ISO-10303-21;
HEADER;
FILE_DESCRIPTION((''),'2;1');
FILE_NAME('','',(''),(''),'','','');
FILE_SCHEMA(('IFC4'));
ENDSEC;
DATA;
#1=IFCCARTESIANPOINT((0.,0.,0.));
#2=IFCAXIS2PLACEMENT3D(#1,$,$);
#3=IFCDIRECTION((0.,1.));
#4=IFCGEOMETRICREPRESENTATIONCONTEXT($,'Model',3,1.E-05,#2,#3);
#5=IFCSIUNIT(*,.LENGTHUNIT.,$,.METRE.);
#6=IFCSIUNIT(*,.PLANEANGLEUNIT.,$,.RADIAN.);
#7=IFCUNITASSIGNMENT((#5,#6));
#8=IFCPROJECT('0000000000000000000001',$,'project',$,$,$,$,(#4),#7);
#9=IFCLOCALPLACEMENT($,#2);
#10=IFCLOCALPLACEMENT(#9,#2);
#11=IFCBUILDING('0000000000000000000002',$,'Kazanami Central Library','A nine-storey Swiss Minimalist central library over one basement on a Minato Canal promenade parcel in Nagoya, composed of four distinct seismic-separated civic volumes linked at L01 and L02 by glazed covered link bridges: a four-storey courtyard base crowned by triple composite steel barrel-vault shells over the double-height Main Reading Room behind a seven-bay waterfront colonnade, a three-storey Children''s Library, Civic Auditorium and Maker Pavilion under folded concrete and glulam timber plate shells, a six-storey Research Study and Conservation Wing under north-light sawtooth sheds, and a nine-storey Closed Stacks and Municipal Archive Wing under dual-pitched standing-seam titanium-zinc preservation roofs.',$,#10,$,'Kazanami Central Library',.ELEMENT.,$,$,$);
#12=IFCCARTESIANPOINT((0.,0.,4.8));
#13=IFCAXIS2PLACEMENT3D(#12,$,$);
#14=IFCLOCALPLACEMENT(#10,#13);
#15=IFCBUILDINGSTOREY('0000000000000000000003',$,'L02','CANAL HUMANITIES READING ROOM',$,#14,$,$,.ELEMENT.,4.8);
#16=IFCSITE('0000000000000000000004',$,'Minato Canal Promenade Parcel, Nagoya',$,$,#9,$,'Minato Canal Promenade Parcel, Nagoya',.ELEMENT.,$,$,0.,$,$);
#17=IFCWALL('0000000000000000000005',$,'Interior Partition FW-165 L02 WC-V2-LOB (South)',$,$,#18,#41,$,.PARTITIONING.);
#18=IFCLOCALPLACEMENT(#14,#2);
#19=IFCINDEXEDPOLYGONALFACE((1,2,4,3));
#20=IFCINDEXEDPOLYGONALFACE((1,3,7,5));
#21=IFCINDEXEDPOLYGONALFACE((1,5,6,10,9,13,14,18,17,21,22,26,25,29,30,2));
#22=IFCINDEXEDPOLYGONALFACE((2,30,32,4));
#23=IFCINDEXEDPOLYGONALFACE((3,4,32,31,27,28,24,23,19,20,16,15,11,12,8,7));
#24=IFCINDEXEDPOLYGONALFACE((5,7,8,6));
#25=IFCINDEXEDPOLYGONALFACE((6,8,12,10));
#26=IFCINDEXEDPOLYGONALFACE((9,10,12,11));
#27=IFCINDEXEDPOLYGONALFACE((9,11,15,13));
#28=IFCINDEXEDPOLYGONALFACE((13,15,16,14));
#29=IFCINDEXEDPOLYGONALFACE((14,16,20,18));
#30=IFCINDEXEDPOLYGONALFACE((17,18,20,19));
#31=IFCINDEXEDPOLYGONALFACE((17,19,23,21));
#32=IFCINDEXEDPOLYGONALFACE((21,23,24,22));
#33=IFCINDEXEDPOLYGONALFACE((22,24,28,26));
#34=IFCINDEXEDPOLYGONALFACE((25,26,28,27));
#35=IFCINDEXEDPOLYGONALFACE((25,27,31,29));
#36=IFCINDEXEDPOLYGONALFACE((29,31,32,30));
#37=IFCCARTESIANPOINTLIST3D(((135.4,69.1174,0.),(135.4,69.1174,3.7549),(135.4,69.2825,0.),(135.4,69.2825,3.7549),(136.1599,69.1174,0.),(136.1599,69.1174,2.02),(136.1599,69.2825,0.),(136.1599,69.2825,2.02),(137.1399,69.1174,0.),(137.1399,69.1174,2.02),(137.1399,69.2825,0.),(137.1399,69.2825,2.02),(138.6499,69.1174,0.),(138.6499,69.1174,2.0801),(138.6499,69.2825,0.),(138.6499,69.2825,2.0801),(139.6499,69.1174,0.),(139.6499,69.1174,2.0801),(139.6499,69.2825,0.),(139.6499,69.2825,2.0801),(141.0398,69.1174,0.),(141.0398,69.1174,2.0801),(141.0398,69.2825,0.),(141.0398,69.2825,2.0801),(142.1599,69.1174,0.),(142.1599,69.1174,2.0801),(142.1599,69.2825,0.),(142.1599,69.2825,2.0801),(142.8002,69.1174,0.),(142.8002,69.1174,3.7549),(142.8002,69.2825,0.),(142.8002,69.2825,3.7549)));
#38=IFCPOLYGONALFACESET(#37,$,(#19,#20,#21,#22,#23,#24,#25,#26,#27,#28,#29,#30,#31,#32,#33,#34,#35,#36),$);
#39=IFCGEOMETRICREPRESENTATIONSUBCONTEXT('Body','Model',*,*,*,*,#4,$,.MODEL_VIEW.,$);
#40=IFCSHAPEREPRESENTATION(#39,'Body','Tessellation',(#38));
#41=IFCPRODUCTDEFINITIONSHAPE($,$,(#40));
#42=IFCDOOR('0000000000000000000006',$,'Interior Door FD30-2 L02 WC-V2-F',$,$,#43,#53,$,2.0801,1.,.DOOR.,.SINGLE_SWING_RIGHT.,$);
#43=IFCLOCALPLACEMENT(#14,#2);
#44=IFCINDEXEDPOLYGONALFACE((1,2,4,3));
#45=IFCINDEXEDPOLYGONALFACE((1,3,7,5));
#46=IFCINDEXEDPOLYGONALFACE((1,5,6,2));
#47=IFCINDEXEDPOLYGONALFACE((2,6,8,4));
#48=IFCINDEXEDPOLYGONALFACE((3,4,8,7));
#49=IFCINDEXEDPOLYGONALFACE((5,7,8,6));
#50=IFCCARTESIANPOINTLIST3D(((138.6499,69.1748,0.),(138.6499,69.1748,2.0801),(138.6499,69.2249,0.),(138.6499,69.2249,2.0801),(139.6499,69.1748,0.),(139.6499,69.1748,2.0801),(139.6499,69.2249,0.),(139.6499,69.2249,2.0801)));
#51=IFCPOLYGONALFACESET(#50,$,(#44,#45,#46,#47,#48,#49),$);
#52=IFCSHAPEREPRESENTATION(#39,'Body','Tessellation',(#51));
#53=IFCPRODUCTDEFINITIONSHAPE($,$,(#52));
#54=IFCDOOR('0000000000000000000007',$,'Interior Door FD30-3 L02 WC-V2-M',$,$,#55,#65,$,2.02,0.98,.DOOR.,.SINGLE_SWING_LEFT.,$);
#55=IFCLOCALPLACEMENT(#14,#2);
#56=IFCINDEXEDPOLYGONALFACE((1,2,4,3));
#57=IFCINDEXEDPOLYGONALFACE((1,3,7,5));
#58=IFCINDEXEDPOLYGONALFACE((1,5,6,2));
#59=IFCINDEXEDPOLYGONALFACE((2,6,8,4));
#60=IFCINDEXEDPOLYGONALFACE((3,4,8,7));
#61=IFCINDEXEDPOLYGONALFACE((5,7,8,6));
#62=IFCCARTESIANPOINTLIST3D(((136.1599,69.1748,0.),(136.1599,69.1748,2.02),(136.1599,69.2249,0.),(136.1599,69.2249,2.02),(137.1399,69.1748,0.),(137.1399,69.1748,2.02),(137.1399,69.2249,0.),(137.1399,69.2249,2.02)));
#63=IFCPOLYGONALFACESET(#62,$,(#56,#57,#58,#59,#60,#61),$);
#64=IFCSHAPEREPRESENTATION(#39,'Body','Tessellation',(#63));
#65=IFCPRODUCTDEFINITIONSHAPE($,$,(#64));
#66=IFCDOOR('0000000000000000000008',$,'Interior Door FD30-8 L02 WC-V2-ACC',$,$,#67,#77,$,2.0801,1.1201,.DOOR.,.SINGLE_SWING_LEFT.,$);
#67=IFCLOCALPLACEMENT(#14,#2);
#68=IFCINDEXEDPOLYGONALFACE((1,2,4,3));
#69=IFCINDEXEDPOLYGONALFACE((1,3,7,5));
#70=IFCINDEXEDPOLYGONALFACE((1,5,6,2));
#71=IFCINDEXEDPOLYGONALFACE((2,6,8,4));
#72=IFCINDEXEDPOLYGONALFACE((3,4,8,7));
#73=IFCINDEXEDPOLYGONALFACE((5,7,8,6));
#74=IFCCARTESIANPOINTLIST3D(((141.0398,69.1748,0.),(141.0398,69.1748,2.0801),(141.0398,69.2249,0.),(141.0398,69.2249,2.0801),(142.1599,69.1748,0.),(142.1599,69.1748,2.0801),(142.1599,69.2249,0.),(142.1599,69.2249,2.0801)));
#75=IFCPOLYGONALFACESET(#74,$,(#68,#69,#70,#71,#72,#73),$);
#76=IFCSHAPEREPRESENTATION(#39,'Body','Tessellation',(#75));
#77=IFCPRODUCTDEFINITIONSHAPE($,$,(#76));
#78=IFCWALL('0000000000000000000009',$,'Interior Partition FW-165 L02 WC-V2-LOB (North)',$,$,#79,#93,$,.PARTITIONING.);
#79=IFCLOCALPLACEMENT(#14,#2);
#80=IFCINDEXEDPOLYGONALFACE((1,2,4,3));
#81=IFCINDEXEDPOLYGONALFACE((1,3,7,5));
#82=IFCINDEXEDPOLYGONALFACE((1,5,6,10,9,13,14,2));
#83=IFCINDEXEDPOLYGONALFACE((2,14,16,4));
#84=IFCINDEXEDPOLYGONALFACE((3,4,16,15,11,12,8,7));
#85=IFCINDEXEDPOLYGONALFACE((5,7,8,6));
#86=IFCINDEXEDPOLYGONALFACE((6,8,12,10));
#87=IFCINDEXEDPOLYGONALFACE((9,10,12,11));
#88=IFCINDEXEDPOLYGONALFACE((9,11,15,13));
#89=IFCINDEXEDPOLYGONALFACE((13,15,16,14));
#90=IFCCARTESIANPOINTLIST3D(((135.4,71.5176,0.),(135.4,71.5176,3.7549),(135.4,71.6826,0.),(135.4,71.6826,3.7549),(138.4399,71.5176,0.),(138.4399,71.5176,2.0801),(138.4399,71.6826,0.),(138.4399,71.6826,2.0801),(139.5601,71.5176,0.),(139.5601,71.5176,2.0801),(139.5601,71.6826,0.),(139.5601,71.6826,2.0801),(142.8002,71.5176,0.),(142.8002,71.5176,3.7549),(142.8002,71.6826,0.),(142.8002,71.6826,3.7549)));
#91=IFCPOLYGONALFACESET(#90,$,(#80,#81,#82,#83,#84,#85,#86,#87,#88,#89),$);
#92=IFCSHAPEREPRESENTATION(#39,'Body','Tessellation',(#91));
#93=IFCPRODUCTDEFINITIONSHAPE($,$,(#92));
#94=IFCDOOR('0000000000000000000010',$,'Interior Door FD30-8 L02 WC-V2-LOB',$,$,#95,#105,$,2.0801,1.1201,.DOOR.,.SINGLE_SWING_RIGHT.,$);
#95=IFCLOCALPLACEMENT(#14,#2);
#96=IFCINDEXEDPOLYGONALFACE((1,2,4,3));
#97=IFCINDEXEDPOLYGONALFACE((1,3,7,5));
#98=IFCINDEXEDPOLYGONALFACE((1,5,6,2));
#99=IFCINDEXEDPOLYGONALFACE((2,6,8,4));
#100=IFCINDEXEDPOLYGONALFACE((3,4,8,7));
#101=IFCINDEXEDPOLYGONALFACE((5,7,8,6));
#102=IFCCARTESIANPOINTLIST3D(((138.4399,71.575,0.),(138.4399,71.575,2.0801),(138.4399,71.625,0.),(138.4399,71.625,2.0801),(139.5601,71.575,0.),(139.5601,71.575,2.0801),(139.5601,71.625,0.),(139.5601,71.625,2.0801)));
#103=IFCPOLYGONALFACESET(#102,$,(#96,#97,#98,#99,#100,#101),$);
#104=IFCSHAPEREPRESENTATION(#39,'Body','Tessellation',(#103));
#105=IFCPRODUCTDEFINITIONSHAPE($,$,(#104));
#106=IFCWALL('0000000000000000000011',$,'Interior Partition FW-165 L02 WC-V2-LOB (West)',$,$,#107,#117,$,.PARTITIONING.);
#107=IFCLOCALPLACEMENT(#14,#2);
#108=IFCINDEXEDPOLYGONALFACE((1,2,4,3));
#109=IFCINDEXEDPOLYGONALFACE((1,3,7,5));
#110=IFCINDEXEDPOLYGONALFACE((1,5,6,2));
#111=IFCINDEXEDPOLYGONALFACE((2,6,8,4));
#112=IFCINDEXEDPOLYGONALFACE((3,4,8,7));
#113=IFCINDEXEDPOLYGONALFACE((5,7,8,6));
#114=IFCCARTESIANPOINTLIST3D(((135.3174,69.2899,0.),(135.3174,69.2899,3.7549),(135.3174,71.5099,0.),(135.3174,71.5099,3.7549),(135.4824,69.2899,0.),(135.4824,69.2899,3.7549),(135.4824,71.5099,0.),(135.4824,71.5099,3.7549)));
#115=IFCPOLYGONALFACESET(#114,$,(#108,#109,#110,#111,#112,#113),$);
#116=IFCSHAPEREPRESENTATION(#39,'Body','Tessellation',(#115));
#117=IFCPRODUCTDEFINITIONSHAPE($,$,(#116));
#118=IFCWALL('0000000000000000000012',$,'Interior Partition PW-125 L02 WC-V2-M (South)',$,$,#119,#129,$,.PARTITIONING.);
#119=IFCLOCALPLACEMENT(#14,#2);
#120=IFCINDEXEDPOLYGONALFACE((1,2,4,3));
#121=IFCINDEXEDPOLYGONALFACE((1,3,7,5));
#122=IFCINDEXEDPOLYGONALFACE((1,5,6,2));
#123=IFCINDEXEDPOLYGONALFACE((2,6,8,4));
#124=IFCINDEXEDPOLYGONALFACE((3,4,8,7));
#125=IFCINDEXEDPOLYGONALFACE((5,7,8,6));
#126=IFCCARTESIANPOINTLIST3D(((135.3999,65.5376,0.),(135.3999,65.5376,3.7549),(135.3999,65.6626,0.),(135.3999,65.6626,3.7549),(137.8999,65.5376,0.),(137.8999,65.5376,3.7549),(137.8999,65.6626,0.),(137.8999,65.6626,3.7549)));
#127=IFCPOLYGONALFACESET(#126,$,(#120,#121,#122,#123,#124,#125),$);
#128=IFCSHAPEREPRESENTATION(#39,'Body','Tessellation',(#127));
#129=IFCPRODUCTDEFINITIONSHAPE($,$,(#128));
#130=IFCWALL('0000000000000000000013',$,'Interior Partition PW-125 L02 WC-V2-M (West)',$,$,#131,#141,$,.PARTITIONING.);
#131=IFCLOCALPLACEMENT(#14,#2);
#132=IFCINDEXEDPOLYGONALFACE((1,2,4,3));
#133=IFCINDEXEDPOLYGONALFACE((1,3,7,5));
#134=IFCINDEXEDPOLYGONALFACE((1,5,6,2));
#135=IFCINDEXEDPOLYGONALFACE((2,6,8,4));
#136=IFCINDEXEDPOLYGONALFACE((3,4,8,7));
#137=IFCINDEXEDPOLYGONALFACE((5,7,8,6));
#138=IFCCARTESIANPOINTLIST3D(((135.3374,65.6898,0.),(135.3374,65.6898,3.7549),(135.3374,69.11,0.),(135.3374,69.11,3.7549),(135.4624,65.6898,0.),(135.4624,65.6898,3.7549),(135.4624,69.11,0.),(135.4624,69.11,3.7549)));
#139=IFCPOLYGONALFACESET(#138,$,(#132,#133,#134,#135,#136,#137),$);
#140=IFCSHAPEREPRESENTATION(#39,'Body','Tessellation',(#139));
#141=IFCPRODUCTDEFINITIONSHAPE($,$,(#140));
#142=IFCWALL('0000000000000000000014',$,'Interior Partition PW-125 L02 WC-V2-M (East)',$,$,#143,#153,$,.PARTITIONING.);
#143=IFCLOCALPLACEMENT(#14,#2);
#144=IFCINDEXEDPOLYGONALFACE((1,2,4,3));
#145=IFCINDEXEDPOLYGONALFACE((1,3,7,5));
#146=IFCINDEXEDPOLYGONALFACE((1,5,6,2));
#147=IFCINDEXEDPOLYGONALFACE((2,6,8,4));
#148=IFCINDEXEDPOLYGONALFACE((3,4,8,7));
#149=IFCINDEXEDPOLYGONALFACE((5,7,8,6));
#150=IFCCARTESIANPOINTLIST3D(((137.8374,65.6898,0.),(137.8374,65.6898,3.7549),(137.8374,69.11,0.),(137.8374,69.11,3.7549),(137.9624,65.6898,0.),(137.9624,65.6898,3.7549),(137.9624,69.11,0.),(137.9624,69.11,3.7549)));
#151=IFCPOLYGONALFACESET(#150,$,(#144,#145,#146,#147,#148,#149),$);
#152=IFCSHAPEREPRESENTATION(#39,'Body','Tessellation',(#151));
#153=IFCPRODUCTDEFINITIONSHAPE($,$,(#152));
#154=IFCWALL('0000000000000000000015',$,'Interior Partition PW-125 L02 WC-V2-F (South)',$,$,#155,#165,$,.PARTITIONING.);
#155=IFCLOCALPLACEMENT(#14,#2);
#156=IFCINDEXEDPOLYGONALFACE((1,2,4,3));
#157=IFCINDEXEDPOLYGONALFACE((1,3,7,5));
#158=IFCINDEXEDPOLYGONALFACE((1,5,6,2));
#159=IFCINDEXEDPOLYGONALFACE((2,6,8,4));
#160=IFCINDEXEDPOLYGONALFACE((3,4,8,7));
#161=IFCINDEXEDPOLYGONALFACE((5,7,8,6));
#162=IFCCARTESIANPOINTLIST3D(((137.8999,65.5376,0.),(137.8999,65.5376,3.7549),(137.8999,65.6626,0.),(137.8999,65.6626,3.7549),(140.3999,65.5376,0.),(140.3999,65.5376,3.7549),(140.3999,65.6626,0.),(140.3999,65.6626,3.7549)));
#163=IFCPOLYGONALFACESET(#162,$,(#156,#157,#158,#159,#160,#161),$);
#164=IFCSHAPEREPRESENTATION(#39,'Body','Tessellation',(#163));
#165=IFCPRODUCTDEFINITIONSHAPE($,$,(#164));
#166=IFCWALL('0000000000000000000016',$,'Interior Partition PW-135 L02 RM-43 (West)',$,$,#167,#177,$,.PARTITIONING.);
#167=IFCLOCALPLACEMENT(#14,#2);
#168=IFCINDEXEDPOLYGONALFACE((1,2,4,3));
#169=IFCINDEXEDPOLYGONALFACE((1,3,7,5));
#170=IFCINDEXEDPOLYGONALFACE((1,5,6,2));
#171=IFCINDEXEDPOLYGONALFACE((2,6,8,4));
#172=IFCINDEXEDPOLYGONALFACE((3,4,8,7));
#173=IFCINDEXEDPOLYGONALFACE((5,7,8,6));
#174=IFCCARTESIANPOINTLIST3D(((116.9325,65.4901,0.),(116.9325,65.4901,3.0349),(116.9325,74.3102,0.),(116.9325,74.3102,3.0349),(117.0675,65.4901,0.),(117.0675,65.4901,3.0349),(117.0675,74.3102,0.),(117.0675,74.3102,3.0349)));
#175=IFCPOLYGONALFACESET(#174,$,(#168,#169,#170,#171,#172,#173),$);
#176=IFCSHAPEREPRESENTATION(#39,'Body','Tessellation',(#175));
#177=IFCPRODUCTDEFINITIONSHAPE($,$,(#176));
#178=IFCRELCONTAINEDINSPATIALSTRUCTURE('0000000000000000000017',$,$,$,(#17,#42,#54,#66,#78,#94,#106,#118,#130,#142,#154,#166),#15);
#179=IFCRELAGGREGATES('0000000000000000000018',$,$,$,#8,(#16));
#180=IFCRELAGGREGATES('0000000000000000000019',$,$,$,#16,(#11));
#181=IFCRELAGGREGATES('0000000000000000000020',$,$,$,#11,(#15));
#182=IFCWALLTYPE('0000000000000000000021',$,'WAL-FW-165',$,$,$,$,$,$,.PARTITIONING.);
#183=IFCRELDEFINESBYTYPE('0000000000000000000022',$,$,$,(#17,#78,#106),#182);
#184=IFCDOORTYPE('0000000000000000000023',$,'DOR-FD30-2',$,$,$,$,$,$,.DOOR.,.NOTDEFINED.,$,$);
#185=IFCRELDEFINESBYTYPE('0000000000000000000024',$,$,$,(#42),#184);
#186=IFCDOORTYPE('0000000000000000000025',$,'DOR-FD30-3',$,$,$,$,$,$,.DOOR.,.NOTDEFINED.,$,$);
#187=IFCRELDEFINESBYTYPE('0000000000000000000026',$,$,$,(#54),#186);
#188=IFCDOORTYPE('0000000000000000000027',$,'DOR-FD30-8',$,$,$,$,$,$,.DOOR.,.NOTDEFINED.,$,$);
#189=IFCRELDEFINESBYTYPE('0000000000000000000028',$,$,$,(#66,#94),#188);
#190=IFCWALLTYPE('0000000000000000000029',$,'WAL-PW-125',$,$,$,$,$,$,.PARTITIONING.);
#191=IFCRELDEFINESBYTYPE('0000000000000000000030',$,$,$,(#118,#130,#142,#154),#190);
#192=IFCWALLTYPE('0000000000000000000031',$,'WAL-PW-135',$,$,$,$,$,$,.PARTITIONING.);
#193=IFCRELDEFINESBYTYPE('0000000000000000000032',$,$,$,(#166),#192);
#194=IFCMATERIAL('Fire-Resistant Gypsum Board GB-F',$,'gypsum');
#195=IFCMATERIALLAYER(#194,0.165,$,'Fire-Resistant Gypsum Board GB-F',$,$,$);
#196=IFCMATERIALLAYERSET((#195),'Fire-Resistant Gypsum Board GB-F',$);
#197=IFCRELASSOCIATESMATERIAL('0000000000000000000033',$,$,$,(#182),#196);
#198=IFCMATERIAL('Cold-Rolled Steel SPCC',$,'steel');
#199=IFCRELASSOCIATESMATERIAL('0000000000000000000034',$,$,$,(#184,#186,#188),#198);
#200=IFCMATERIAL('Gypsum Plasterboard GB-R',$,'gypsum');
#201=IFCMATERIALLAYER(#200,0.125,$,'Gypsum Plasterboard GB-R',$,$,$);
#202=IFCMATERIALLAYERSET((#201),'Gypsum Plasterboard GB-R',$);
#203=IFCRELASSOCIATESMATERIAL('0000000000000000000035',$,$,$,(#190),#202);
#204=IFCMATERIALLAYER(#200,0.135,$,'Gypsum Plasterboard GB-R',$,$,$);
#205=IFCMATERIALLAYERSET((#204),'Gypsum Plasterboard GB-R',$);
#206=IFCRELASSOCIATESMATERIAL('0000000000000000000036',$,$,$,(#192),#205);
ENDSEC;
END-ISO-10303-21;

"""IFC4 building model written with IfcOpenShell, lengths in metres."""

from ifc_helpers import new_model, si_unit, direction, frame, frame_2d, origin, place, context, subcontext, project, spatial, rectangle, extrude, material, layer, layer_set, type_object, element, fill, save


model = new_model("IFC4")

# Units and contexts
model_context = context("Model", 3, precision=1e-05, world=origin(), true_north=direction((0.0, 1.0)))
body_context = subcontext(model_context, "Body", "Model", "MODEL_VIEW")
ifc_project = project(units=[si_unit("LENGTHUNIT", "METRE"), si_unit("PLANEANGLEUNIT", "RADIAN")], contexts=[model_context])

# Site, building, storey
site_placement = place(None, origin())
site = spatial("IfcSite", under=ifc_project, at=site_placement, Name="Minato Canal Promenade Parcel, Nagoya", LongName="Minato Canal Promenade Parcel, Nagoya", CompositionType="ELEMENT", RefElevation=0.0)
building_placement = place(site_placement, origin())
building = spatial("IfcBuilding", under=site, at=building_placement, Name="Kazanami Central Library", Description="A nine-storey Swiss Minimalist central library over one basement on a Minato Canal promenade parcel in Nagoya, composed of four distinct seismic-separated civic volumes linked at L01 and L02 by glazed covered link bridges: a four-storey courtyard base crowned by triple composite steel barrel-vault shells over the double-height Main Reading Room behind a seven-bay waterfront colonnade, a three-storey Children's Library, Civic Auditorium and Maker Pavilion under folded concrete and glulam timber plate shells, a six-storey Research Study and Conservation Wing under north-light sawtooth sheds, and a nine-storey Closed Stacks and Municipal Archive Wing under dual-pitched standing-seam titanium-zinc preservation roofs.", LongName="Kazanami Central Library", CompositionType="ELEMENT")
storey_placement = place(building_placement, frame((0.0, 0.0, 4.8)))
storey = spatial("IfcBuildingStorey", under=building, at=storey_placement, Name="L02", Description="CANAL HUMANITIES READING ROOM", CompositionType="ELEMENT", Elevation=4.8)

# Wall, openings, doors
ifc_material_1 = material(Name="Fire-Resistant Gypsum Board GB-F", Category="gypsum")
ifc_layer_1 = layer(ifc_material_1, 0.165, Name="Fire-Resistant Gypsum Board GB-F")
ifc_layer_set_1 = layer_set([ifc_layer_1], Name="Fire-Resistant Gypsum Board GB-F")
wall_type_1 = type_object("IfcWallType", Name="WAL-FW-165", PredefinedType="PARTITIONING", material=ifc_layer_set_1)
wall_1_placement = place(storey_placement, frame((135.3999, 69.2, 0.0), z_axis=(0.0, 0.0, 1.0), x_axis=(1.0, 0.0, 0.0)))
wall_1 = element("IfcWall", 1, at=wall_1_placement, inside=storey, type_object=wall_type_1, Name="Interior Partition FW-165 L02 WC-V2-LOB (South)", PredefinedType="PARTITIONING", context=body_context, shape_type="SweptSolid", body=[
    extrude(rectangle(XDim=7.4001, YDim=0.165, at=frame_2d((3.7002, 0.0))), origin(), (0.0, 0.0, 1.0), 3.7549),
])
opening_1_placement = place(wall_1_placement, frame((0.76, 0.0, 0.0)))
opening_1 = element("IfcOpeningElement", 2, at=opening_1_placement, cuts=wall_1, PredefinedType="OPENING", context=body_context, shape_type="SweptSolid", body=[
    extrude(rectangle(XDim=0.98, YDim=2.02, at=frame_2d((0.49, 1.01))), frame((0.0, 0.0945, 0.0), z_axis=(0.0, -1.0, 0.0), x_axis=(1.0, 0.0, 0.0)), (0.0, 0.0, 1.0), 0.189),
])
opening_2_placement = place(wall_1_placement, frame((3.25, 0.0, 0.0)))
opening_2 = element("IfcOpeningElement", 3, at=opening_2_placement, cuts=wall_1, PredefinedType="OPENING", context=body_context, shape_type="SweptSolid", body=[
    extrude(rectangle(XDim=1.0, YDim=2.0801, at=frame_2d((0.5, 1.04))), frame((0.0, 0.0945, 0.0), z_axis=(0.0, -1.0, 0.0), x_axis=(1.0, 0.0, 0.0)), (0.0, 0.0, 1.0), 0.189),
])
opening_3_placement = place(wall_1_placement, frame((5.6399, 0.0, 0.0)))
opening_3 = element("IfcOpeningElement", 4, at=opening_3_placement, cuts=wall_1, PredefinedType="OPENING", context=body_context, shape_type="SweptSolid", body=[
    extrude(rectangle(XDim=1.1201, YDim=2.0801, at=frame_2d((0.5601, 1.04))), frame((0.0, 0.0945, 0.0), z_axis=(0.0, -1.0, 0.0), x_axis=(1.0, 0.0, 0.0)), (0.0, 0.0, 1.0), 0.189),
])
ifc_material_2 = material(Name="Cold-Rolled Steel SPCC", Category="steel")
door_type_1 = type_object("IfcDoorType", Name="DOR-FD30-2", OperationType="NOTDEFINED", PredefinedType="DOOR", material=ifc_material_2)
door_1_placement = place(opening_2_placement, origin())
door_1 = element("IfcDoor", 5, at=door_1_placement, inside=storey, type_object=door_type_1, Name="Interior Door FD30-2 L02 WC-V2-F", OperationType="SINGLE_SWING_RIGHT", OverallHeight=2.0801, OverallWidth=1.0, PredefinedType="DOOR", context=body_context, shape_type="SweptSolid", body=[
    extrude(rectangle(XDim=1.0, YDim=2.0801, at=frame_2d((0.5, 1.04))), frame((0.0, 0.0249, 0.0), z_axis=(0.0, -1.0, 0.0), x_axis=(1.0, 0.0, 0.0)), (0.0, 0.0, 1.0), 0.05),
])
fill(opening_2, door_1)
door_type_2 = type_object("IfcDoorType", Name="DOR-FD30-3", OperationType="NOTDEFINED", PredefinedType="DOOR", material=ifc_material_2)
door_2_placement = place(opening_1_placement, origin())
door_2 = element("IfcDoor", 6, at=door_2_placement, inside=storey, type_object=door_type_2, Name="Interior Door FD30-3 L02 WC-V2-M", OperationType="SINGLE_SWING_LEFT", OverallHeight=2.02, OverallWidth=0.98, PredefinedType="DOOR", context=body_context, shape_type="SweptSolid", body=[
    extrude(rectangle(XDim=0.98, YDim=2.02, at=frame_2d((0.49, 1.01))), frame((0.0, 0.0249, 0.0), z_axis=(0.0, -1.0, 0.0), x_axis=(1.0, 0.0, 0.0)), (0.0, 0.0, 1.0), 0.05),
])
fill(opening_1, door_2)
door_type_3 = type_object("IfcDoorType", Name="DOR-FD30-8", OperationType="NOTDEFINED", PredefinedType="DOOR", material=ifc_material_2)
door_3_placement = place(opening_3_placement, origin())
door_3 = element("IfcDoor", 7, at=door_3_placement, inside=storey, type_object=door_type_3, Name="Interior Door FD30-8 L02 WC-V2-ACC", OperationType="SINGLE_SWING_LEFT", OverallHeight=2.0801, OverallWidth=1.1201, PredefinedType="DOOR", context=body_context, shape_type="SweptSolid", body=[
    extrude(rectangle(XDim=1.1201, YDim=2.0801, at=frame_2d((0.5601, 1.04))), frame((0.0, 0.0249, 0.0), z_axis=(0.0, -1.0, 0.0), x_axis=(1.0, 0.0, 0.0)), (0.0, 0.0, 1.0), 0.05),
])
fill(opening_3, door_3)

# Wall, opening, door
wall_2_placement = place(storey_placement, frame((135.3999, 71.6001, 0.0), z_axis=(0.0, 0.0, 1.0), x_axis=(1.0, 0.0, 0.0)))
wall_2 = element("IfcWall", 8, at=wall_2_placement, inside=storey, type_object=wall_type_1, Name="Interior Partition FW-165 L02 WC-V2-LOB (North)", PredefinedType="PARTITIONING", context=body_context, shape_type="SweptSolid", body=[
    extrude(rectangle(XDim=7.4001, YDim=0.165, at=frame_2d((3.7002, 0.0))), origin(), (0.0, 0.0, 1.0), 3.7549),
])
opening_4_placement = place(wall_2_placement, frame((3.04, 0.0, 0.0)))
opening_4 = element("IfcOpeningElement", 9, at=opening_4_placement, cuts=wall_2, PredefinedType="OPENING", context=body_context, shape_type="SweptSolid", body=[
    extrude(rectangle(XDim=1.1201, YDim=2.0801, at=frame_2d((0.5601, 1.04))), frame((0.0, 0.0945, 0.0), z_axis=(0.0, -1.0, 0.0), x_axis=(1.0, 0.0, 0.0)), (0.0, 0.0, 1.0), 0.189),
])
door_4_placement = place(opening_4_placement, origin())
door_4 = element("IfcDoor", 10, at=door_4_placement, inside=storey, type_object=door_type_3, Name="Interior Door FD30-8 L02 WC-V2-LOB", OperationType="SINGLE_SWING_RIGHT", OverallHeight=2.0801, OverallWidth=1.1201, PredefinedType="DOOR", context=body_context, shape_type="SweptSolid", body=[
    extrude(rectangle(XDim=1.1201, YDim=2.0801, at=frame_2d((0.5601, 1.04))), frame((0.0, 0.0249, 0.0), z_axis=(0.0, -1.0, 0.0), x_axis=(1.0, 0.0, 0.0)), (0.0, 0.0, 1.0), 0.05),
])
fill(opening_4, door_4)

# Walls
wall_3_placement = place(storey_placement, frame((135.3999, 69.29, 0.0), z_axis=(0.0, 0.0, 1.0), x_axis=(0.0, 1.0, 0.0)))
element("IfcWall", 11, at=wall_3_placement, inside=storey, type_object=wall_type_1, Name="Interior Partition FW-165 L02 WC-V2-LOB (West)", PredefinedType="PARTITIONING", context=body_context, shape_type="SweptSolid", body=[
    extrude(rectangle(XDim=2.22, YDim=0.165, at=frame_2d((1.1099, 0.0))), origin(), (0.0, 0.0, 1.0), 3.7549),
])
ifc_material_3 = material(Name="Gypsum Plasterboard GB-R", Category="gypsum")
ifc_layer_2 = layer(ifc_material_3, 0.125, Name="Gypsum Plasterboard GB-R")
ifc_layer_set_2 = layer_set([ifc_layer_2], Name="Gypsum Plasterboard GB-R")
wall_type_2 = type_object("IfcWallType", Name="WAL-PW-125", PredefinedType="PARTITIONING", material=ifc_layer_set_2)
wall_4_placement = place(storey_placement, frame((135.3999, 65.6001, 0.0), z_axis=(0.0, 0.0, 1.0), x_axis=(1.0, 0.0, 0.0)))
element("IfcWall", 12, at=wall_4_placement, inside=storey, type_object=wall_type_2, Name="Interior Partition PW-125 L02 WC-V2-M (South)", PredefinedType="PARTITIONING", context=body_context, shape_type="SweptSolid", body=[
    extrude(rectangle(XDim=2.5, YDim=0.125, at=frame_2d((1.25, 0.0))), origin(), (0.0, 0.0, 1.0), 3.7549),
])
for number, where, z_axis, x_axis, name in (
    (13, (135.3999, 65.6899, 0.0), (0.0, 0.0, 1.0), (0.0, 1.0, 0.0), "Interior Partition PW-125 L02 WC-V2-M (West)"),
    (14, (137.8999, 65.6899, 0.0), (0.0, 0.0, 1.0), (0.0, 1.0, 0.0), "Interior Partition PW-125 L02 WC-V2-M (East)"),
):
    element("IfcWall", number, at=place(storey_placement, frame(where, z_axis=z_axis, x_axis=x_axis)), inside=storey, type_object=wall_type_2, Name=name, PredefinedType="PARTITIONING", context=body_context, shape_type="SweptSolid", body=[
        extrude(rectangle(XDim=3.4202, YDim=0.125, at=frame_2d((1.71, 0.0))), origin(), (0.0, 0.0, 1.0), 3.7549),
    ])
wall_5_placement = place(storey_placement, frame((137.8999, 65.6001, 0.0), z_axis=(0.0, 0.0, 1.0), x_axis=(1.0, 0.0, 0.0)))
element("IfcWall", 15, at=wall_5_placement, inside=storey, type_object=wall_type_2, Name="Interior Partition PW-125 L02 WC-V2-F (South)", PredefinedType="PARTITIONING", context=body_context, shape_type="SweptSolid", body=[
    extrude(rectangle(XDim=2.5, YDim=0.125, at=frame_2d((1.25, 0.0))), origin(), (0.0, 0.0, 1.0), 3.7549),
])
ifc_layer_3 = layer(ifc_material_3, 0.135, Name="Gypsum Plasterboard GB-R")
ifc_layer_set_3 = layer_set([ifc_layer_3], Name="Gypsum Plasterboard GB-R")
wall_type_3 = type_object("IfcWallType", Name="WAL-PW-135", PredefinedType="PARTITIONING", material=ifc_layer_set_3)
wall_6_placement = place(storey_placement, frame((117.0, 65.49, 0.0), z_axis=(0.0, 0.0, 1.0), x_axis=(0.0, 1.0, 0.0)))
element("IfcWall", 16, at=wall_6_placement, inside=storey, type_object=wall_type_3, Name="Interior Partition PW-135 L02 RM-43 (West)", PredefinedType="PARTITIONING", context=body_context, shape_type="SweptSolid", body=[
    extrude(rectangle(XDim=8.8201, YDim=0.135, at=frame_2d((4.4102, 0.0))), origin(), (0.0, 0.0, 1.0), 3.0349),
])

save(model, "model.ifc")
